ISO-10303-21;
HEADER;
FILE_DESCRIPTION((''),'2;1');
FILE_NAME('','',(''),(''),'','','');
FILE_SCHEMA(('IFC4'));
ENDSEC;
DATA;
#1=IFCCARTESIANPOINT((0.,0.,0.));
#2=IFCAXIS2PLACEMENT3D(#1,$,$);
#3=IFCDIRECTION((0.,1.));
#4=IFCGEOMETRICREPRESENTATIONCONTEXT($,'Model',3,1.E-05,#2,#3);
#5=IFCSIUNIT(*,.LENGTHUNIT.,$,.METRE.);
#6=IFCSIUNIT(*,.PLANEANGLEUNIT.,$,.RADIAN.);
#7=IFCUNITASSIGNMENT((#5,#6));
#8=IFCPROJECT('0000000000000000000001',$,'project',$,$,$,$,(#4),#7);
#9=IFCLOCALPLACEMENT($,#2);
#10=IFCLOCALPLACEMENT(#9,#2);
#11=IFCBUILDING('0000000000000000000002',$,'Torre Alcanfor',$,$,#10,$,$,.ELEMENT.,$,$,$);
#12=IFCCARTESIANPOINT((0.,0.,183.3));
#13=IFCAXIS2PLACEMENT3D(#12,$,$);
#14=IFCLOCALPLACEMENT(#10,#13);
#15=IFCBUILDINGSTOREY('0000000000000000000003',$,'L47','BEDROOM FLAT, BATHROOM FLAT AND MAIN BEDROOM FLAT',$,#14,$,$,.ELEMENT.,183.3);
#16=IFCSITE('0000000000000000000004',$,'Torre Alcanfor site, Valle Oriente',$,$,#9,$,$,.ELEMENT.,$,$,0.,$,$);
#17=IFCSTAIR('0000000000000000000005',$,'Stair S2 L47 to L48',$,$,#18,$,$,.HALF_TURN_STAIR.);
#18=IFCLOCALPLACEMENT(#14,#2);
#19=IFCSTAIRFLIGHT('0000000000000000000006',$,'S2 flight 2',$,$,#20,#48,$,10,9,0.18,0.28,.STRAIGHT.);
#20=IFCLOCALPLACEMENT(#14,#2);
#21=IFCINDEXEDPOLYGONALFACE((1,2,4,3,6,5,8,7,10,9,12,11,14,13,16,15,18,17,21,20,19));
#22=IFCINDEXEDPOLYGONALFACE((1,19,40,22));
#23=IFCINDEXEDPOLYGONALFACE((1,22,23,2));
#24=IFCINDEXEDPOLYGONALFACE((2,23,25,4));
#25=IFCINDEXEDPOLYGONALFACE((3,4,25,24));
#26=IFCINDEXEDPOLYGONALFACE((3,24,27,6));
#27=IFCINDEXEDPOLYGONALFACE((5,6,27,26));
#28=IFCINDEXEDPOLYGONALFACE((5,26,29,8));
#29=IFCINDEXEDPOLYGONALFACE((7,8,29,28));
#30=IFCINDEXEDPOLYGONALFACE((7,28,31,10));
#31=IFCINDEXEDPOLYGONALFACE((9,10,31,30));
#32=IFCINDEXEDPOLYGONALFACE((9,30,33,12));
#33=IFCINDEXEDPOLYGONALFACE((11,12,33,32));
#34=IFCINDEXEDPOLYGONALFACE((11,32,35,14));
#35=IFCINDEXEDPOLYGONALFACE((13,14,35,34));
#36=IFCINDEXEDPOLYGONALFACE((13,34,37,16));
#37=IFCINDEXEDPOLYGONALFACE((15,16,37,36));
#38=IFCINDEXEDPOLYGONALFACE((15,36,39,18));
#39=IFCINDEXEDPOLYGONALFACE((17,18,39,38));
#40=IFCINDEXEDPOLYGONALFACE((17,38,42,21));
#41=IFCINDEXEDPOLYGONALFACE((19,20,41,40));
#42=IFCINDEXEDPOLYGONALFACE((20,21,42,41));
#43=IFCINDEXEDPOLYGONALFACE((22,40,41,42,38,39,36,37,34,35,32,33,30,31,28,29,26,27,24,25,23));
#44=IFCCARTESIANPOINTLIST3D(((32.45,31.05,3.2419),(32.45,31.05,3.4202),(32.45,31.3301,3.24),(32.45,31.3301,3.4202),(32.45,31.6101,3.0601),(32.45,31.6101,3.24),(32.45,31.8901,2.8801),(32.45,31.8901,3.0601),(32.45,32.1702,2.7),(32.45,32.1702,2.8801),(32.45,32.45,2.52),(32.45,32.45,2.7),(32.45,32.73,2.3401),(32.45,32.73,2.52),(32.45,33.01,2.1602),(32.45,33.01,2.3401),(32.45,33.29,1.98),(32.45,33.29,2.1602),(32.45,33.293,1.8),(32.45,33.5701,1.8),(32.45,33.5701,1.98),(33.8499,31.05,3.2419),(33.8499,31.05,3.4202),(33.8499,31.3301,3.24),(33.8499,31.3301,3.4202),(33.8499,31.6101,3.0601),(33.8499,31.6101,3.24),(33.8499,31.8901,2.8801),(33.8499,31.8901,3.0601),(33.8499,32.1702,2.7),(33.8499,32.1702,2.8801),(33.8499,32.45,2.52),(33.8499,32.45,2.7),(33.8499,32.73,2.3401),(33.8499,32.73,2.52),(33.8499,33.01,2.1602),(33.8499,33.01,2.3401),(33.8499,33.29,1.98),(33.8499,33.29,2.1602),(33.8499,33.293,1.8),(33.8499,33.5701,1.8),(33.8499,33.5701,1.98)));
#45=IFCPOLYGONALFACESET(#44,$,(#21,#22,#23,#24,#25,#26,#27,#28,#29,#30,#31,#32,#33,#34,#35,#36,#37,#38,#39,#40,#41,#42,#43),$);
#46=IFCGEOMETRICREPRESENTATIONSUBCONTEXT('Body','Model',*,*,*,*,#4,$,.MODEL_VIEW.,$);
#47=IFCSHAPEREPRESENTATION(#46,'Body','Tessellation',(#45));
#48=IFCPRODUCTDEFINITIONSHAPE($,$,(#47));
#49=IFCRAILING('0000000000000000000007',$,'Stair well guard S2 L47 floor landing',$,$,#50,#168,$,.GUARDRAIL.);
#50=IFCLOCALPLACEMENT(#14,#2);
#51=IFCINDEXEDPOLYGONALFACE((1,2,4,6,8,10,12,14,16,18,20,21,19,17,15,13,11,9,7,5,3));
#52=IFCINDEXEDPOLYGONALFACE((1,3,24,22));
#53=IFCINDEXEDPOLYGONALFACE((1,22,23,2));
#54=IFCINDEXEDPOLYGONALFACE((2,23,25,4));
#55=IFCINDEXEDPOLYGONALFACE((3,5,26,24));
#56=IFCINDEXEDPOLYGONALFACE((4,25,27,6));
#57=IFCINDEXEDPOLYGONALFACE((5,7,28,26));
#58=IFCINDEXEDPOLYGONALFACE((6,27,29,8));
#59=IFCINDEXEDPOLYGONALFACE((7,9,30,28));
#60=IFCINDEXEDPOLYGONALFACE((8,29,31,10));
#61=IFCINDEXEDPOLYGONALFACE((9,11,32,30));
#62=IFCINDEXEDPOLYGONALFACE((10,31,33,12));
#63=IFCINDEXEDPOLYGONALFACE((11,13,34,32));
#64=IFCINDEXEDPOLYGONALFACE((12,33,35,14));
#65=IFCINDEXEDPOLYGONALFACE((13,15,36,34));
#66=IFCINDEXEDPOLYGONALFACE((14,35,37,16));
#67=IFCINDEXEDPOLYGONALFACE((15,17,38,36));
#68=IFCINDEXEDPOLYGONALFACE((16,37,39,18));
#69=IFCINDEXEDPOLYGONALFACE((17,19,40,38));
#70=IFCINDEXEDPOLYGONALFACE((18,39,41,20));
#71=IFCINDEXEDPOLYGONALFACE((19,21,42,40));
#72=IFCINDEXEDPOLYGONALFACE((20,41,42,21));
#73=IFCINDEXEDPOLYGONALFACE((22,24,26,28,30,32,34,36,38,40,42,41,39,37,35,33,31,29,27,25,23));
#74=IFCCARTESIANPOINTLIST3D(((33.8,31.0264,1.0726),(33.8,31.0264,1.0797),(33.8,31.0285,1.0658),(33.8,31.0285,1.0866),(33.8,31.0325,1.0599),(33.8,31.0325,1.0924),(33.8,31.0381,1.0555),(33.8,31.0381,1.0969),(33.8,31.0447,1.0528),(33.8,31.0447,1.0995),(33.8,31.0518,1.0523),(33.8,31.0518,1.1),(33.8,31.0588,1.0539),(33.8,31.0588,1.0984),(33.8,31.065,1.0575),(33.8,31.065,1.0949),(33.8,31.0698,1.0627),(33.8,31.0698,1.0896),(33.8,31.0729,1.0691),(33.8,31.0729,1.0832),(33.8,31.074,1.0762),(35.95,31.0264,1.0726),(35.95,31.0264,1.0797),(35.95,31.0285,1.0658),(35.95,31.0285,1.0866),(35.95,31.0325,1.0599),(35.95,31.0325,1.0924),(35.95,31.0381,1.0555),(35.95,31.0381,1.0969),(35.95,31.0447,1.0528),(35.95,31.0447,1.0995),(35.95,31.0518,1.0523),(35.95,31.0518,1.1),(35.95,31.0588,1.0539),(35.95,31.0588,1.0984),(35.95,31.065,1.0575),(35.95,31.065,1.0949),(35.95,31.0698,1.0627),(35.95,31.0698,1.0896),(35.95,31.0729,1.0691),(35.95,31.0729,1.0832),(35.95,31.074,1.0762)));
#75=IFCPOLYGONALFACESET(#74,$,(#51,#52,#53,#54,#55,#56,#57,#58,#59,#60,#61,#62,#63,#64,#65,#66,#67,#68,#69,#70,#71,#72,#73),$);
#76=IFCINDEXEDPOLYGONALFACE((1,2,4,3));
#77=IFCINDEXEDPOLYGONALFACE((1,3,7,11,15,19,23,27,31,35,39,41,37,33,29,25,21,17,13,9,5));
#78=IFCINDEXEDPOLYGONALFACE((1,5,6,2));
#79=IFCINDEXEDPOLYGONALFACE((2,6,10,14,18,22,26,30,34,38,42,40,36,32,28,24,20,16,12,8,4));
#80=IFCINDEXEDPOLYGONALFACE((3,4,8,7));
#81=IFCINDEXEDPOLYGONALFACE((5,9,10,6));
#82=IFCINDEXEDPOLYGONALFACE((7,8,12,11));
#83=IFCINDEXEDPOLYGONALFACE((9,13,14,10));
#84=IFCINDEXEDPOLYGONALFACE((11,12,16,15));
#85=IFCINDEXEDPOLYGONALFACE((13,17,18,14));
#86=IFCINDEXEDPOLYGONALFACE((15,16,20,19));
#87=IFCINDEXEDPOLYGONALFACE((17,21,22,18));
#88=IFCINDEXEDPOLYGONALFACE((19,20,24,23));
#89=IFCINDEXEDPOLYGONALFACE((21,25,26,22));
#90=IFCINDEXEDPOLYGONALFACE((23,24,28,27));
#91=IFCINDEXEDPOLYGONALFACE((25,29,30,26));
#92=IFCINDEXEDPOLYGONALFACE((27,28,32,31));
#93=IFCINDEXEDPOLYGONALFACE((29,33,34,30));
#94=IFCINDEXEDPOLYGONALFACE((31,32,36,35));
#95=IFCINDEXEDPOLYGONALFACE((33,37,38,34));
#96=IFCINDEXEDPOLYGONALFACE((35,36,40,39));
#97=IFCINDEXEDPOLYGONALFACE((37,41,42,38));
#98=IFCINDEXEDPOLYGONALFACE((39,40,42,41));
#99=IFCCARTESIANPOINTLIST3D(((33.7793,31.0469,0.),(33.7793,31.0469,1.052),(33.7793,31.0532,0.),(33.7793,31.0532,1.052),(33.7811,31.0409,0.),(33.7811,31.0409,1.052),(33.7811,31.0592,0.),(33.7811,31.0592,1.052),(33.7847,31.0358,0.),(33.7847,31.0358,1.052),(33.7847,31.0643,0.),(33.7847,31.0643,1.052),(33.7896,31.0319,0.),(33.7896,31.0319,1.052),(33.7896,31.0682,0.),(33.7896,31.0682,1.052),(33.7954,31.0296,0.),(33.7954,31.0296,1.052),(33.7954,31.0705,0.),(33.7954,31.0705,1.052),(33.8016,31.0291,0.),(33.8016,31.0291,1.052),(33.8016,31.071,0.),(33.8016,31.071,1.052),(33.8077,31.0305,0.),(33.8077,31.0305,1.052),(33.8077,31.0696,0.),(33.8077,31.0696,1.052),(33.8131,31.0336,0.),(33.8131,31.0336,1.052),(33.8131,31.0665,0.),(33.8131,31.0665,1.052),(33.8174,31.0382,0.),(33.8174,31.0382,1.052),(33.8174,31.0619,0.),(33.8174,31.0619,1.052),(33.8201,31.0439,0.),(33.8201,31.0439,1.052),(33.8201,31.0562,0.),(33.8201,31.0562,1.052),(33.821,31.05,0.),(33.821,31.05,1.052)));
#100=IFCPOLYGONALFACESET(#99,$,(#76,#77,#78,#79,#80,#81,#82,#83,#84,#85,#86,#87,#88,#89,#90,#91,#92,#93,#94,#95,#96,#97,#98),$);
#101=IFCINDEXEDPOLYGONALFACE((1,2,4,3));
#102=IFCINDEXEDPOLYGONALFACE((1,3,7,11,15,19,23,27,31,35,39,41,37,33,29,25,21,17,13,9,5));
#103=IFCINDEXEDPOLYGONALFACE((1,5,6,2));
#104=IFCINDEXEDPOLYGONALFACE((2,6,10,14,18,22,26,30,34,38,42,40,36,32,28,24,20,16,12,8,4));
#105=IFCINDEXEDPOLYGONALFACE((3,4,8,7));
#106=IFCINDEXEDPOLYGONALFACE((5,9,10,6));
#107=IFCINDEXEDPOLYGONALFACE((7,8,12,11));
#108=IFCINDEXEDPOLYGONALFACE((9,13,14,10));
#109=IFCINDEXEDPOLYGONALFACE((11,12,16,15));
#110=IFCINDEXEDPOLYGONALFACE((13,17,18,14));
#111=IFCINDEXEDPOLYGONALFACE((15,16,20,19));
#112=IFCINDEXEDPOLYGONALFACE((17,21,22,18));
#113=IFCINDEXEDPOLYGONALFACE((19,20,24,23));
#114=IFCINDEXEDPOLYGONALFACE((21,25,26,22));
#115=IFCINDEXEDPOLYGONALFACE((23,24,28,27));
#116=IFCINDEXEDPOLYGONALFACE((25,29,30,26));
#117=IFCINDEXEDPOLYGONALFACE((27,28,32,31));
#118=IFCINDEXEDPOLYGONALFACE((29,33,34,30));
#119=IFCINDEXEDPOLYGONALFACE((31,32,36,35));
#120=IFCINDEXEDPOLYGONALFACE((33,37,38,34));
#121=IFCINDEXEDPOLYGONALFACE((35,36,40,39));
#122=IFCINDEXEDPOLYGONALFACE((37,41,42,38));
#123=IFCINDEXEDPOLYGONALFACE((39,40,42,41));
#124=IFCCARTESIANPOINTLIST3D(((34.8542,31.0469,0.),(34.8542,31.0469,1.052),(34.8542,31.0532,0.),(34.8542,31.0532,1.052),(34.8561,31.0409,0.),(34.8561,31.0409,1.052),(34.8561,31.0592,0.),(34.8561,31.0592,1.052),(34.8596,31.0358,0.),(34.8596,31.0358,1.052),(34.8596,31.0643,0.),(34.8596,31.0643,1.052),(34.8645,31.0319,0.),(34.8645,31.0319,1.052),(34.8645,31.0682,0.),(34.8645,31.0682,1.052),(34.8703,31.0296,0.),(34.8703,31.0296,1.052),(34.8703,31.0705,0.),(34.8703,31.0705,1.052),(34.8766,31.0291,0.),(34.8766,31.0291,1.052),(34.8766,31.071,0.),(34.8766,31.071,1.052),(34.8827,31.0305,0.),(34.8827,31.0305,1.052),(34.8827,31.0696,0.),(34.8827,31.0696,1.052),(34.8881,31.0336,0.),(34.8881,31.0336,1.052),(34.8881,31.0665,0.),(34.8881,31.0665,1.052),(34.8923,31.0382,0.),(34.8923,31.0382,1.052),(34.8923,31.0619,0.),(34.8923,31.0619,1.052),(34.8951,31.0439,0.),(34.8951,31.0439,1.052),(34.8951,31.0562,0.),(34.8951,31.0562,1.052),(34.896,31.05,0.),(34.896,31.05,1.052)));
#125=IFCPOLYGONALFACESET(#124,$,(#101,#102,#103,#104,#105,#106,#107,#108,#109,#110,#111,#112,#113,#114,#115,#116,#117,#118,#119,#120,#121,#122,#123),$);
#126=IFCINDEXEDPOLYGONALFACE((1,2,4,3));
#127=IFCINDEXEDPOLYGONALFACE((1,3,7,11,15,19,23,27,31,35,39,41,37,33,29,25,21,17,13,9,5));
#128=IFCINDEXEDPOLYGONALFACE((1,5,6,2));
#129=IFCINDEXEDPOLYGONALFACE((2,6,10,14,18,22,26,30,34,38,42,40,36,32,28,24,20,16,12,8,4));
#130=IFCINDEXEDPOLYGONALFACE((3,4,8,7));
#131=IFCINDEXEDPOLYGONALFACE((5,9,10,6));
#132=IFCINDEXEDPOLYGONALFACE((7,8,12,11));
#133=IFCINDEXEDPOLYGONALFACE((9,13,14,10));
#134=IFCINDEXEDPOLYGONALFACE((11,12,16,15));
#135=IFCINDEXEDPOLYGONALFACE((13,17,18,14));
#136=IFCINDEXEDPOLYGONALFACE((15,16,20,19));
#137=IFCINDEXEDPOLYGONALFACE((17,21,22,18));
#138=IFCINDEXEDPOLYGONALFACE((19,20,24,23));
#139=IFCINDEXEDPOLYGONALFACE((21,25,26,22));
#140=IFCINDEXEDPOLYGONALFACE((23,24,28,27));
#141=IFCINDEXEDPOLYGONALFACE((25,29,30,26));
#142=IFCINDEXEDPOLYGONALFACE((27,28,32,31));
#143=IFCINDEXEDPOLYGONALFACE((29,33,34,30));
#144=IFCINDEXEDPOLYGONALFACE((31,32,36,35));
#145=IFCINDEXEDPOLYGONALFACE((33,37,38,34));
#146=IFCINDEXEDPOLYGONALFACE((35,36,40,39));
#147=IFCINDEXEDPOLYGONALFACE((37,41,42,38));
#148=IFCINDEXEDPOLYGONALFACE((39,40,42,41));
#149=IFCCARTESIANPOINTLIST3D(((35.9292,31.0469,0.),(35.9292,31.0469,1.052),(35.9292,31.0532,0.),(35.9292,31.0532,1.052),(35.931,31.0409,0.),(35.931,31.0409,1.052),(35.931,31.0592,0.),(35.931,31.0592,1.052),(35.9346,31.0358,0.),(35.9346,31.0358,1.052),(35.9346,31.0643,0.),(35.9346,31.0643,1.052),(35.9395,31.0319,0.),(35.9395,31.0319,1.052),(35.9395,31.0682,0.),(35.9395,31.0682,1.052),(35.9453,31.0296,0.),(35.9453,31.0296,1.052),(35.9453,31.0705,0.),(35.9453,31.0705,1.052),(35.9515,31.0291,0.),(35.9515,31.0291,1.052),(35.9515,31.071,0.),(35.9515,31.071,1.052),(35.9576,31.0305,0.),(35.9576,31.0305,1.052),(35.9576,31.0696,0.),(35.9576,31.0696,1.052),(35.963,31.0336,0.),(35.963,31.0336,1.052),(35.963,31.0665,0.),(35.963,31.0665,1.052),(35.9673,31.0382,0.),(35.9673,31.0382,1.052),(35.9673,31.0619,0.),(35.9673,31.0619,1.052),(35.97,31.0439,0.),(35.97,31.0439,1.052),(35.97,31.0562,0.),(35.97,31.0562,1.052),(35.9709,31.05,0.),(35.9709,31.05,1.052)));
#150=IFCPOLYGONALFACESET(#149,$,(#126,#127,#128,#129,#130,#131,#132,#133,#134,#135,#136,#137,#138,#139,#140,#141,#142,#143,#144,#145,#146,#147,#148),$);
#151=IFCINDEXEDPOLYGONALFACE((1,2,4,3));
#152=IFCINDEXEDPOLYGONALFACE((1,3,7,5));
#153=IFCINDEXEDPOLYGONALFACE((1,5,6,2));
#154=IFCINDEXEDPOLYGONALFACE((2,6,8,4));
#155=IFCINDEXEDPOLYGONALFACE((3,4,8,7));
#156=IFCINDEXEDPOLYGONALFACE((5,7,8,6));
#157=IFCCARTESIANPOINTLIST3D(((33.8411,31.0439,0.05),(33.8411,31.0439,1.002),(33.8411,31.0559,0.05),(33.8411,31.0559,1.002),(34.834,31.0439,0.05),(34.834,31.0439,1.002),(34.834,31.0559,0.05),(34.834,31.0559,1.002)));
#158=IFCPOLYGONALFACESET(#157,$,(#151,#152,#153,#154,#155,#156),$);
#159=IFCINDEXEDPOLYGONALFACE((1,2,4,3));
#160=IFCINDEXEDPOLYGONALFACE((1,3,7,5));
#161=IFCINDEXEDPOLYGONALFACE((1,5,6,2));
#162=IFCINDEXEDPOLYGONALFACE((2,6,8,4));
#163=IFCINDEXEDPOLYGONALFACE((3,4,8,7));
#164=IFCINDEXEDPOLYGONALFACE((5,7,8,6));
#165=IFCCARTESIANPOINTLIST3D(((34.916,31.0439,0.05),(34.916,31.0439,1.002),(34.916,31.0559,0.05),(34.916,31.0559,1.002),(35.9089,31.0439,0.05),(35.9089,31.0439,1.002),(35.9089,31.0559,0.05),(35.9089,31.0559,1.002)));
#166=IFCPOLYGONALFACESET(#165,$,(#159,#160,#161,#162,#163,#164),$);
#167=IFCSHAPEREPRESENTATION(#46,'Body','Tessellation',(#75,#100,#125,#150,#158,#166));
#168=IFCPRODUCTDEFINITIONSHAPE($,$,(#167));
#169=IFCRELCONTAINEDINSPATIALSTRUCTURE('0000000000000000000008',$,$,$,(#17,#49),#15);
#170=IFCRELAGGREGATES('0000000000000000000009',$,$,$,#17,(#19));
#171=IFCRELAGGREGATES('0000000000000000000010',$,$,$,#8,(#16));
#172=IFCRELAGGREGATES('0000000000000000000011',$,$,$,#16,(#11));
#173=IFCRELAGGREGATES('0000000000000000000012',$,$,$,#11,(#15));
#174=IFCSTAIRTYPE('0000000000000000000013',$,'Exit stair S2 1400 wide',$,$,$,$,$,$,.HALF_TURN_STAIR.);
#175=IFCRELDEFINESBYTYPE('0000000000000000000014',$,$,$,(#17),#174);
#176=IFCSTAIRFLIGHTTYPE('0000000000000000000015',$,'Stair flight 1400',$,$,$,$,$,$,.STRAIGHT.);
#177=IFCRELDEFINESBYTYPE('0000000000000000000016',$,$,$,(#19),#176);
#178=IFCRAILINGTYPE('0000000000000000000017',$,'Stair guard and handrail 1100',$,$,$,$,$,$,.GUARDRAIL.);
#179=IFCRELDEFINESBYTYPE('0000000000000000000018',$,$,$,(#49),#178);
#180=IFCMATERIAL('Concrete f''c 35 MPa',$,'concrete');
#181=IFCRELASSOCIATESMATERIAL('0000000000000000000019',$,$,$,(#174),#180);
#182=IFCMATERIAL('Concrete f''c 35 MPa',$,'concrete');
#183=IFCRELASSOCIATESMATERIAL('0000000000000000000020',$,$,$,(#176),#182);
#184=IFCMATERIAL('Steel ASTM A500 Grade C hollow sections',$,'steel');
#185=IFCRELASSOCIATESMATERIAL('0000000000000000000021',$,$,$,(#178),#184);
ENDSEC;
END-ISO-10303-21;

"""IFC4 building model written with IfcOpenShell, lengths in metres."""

from ifc_helpers import new_model, si_unit, direction, frame, origin, origin_2d, place, context, subcontext, project, spatial, polyline, circle, outline, extrude, material, type_object, element, aggregate, save


model = new_model("IFC4")

# Units and contexts
model_context = context("Model", 3, precision=1e-05, world=origin(), true_north=direction((0.0, 1.0)))
body_context = subcontext(model_context, "Body", "Model", "MODEL_VIEW")
ifc_project = project(units=[si_unit("LENGTHUNIT", "METRE"), si_unit("PLANEANGLEUNIT", "RADIAN")], contexts=[model_context])

# Site, building, storey
site_placement = place(None, origin())
site = spatial("IfcSite", under=ifc_project, at=site_placement, Name="Torre Alcanfor site, Valle Oriente", CompositionType="ELEMENT", RefElevation=0.0)
building_placement = place(site_placement, origin())
building = spatial("IfcBuilding", under=site, at=building_placement, Name="Torre Alcanfor", CompositionType="ELEMENT")
storey_placement = place(building_placement, frame((0.0, 0.0, 183.3)))
storey = spatial("IfcBuildingStorey", under=building, at=storey_placement, Name="L47", Description="BEDROOM FLAT, BATHROOM FLAT AND MAIN BEDROOM FLAT", CompositionType="ELEMENT", Elevation=183.3)

# Stair, stair flight
ifc_material_1 = material(Name="Concrete f'c 35 MPa", Category="concrete")
stair_type = type_object("IfcStairType", Name="Exit stair S2 1400 wide", PredefinedType="HALF_TURN_STAIR", material=ifc_material_1)
stair_placement = place(storey_placement, origin())
stair = element("IfcStair", 1, at=stair_placement, inside=storey, type_object=stair_type, Name="Stair S2 L47 to L48", PredefinedType="HALF_TURN_STAIR")
ifc_material_2 = material(Name="Concrete f'c 35 MPa", Category="concrete")
stair_flight_type = type_object("IfcStairFlightType", Name="Stair flight 1400", PredefinedType="STRAIGHT", material=ifc_material_2)
stair_flight_placement = place(storey_placement, frame((33.1499, 33.5701, 1.8), z_axis=(0.0, 0.0, 1.0), x_axis=(0.0, -1.0, 0.0)))
stair_flight = element("IfcStairFlight", 2, at=stair_flight_placement, type_object=stair_flight_type, Name="S2 flight 2", NumberOfRisers=10, NumberOfTreads=9, PredefinedType="STRAIGHT", RiserHeight=0.18, TreadLength=0.28, context=body_context, shape_type="SweptSolid", body=[
    extrude(outline(polyline([(0.0, 0.0), (0.0, 0.1799), (0.28, 0.1799), (0.28, 0.3601), (0.5601, 0.3601), (0.5601, 0.54), (0.8401, 0.54), (0.8401, 0.72), (1.1201, 0.72), (1.1201, 0.8999), (1.3999, 0.8999), (1.3999, 1.0801), (1.6799, 1.0801), (1.6799, 1.26), (1.96, 1.26), (1.96, 1.4399), (2.24, 1.4399), (2.24, 1.6201), (2.52, 1.6201), (2.52, 1.8), (2.52, 1.4419), (0.2771, 0.0), (0.0, 0.0)])), frame((0.0, 0.7, 0.0), z_axis=(0.0, -1.0, 0.0), x_axis=(1.0, 0.0, 0.0)), (0.0, 0.0, 1.0), 1.3999),
])
aggregate(stair, [stair_flight])

# Railing
ifc_material_3 = material(Name="Steel ASTM A500 Grade C hollow sections", Category="steel")
railing_type_1 = type_object("IfcRailingType", Name="Stair guard and handrail 1100", PredefinedType="GUARDRAIL", material=ifc_material_3)
for number, where, name in (
    (3, (33.8, 31.05, 0.0), "Stair well guard S2 L47 floor landing"),
):
    element("IfcRailing", number, at=place(storey_placement, frame(where)), inside=storey, type_object=railing_type_1, Name=name, PredefinedType="GUARDRAIL", context=body_context, shape_type="SweptSolid", body=[
        extrude(circle(Radius=0.0239, at=origin_2d()), frame((0.0, 0.0, 1.0762), z_axis=(1.0, 0.0, 0.0), x_axis=(0.0, 1.0, 0.0)), (0.0, 0.0, 1.0), 2.1499),
        extrude(circle(Radius=0.021, at=origin_2d()), origin(), (0.0, 0.0, 1.0), 1.052),
        extrude(circle(Radius=0.021, at=origin_2d()), frame((1.075, 0.0, 0.0)), (0.0, 0.0, 1.0), 1.052),
        extrude(circle(Radius=0.021, at=origin_2d()), frame((2.1499, 0.0, 0.0)), (0.0, 0.0, 1.0), 1.052),
        extrude(outline(polyline([(0.041, 0.05), (1.0339, 0.05), (1.0339, 1.002), (0.041, 1.002), (0.041, 0.05)])), frame((0.0, 0.0059, 0.0), z_axis=(0.0, -1.0, 0.0), x_axis=(1.0, 0.0, 0.0)), (0.0, 0.0, 1.0), 0.012),
        extrude(outline(polyline([(1.116, 0.05), (2.1089, 0.05), (2.1089, 1.002), (1.116, 1.002), (1.116, 0.05)])), frame((0.0, 0.0059, 0.0), z_axis=(0.0, -1.0, 0.0), x_axis=(1.0, 0.0, 0.0)), (0.0, 0.0, 1.0), 0.012),
    ])

save(model, "model.ifc")
